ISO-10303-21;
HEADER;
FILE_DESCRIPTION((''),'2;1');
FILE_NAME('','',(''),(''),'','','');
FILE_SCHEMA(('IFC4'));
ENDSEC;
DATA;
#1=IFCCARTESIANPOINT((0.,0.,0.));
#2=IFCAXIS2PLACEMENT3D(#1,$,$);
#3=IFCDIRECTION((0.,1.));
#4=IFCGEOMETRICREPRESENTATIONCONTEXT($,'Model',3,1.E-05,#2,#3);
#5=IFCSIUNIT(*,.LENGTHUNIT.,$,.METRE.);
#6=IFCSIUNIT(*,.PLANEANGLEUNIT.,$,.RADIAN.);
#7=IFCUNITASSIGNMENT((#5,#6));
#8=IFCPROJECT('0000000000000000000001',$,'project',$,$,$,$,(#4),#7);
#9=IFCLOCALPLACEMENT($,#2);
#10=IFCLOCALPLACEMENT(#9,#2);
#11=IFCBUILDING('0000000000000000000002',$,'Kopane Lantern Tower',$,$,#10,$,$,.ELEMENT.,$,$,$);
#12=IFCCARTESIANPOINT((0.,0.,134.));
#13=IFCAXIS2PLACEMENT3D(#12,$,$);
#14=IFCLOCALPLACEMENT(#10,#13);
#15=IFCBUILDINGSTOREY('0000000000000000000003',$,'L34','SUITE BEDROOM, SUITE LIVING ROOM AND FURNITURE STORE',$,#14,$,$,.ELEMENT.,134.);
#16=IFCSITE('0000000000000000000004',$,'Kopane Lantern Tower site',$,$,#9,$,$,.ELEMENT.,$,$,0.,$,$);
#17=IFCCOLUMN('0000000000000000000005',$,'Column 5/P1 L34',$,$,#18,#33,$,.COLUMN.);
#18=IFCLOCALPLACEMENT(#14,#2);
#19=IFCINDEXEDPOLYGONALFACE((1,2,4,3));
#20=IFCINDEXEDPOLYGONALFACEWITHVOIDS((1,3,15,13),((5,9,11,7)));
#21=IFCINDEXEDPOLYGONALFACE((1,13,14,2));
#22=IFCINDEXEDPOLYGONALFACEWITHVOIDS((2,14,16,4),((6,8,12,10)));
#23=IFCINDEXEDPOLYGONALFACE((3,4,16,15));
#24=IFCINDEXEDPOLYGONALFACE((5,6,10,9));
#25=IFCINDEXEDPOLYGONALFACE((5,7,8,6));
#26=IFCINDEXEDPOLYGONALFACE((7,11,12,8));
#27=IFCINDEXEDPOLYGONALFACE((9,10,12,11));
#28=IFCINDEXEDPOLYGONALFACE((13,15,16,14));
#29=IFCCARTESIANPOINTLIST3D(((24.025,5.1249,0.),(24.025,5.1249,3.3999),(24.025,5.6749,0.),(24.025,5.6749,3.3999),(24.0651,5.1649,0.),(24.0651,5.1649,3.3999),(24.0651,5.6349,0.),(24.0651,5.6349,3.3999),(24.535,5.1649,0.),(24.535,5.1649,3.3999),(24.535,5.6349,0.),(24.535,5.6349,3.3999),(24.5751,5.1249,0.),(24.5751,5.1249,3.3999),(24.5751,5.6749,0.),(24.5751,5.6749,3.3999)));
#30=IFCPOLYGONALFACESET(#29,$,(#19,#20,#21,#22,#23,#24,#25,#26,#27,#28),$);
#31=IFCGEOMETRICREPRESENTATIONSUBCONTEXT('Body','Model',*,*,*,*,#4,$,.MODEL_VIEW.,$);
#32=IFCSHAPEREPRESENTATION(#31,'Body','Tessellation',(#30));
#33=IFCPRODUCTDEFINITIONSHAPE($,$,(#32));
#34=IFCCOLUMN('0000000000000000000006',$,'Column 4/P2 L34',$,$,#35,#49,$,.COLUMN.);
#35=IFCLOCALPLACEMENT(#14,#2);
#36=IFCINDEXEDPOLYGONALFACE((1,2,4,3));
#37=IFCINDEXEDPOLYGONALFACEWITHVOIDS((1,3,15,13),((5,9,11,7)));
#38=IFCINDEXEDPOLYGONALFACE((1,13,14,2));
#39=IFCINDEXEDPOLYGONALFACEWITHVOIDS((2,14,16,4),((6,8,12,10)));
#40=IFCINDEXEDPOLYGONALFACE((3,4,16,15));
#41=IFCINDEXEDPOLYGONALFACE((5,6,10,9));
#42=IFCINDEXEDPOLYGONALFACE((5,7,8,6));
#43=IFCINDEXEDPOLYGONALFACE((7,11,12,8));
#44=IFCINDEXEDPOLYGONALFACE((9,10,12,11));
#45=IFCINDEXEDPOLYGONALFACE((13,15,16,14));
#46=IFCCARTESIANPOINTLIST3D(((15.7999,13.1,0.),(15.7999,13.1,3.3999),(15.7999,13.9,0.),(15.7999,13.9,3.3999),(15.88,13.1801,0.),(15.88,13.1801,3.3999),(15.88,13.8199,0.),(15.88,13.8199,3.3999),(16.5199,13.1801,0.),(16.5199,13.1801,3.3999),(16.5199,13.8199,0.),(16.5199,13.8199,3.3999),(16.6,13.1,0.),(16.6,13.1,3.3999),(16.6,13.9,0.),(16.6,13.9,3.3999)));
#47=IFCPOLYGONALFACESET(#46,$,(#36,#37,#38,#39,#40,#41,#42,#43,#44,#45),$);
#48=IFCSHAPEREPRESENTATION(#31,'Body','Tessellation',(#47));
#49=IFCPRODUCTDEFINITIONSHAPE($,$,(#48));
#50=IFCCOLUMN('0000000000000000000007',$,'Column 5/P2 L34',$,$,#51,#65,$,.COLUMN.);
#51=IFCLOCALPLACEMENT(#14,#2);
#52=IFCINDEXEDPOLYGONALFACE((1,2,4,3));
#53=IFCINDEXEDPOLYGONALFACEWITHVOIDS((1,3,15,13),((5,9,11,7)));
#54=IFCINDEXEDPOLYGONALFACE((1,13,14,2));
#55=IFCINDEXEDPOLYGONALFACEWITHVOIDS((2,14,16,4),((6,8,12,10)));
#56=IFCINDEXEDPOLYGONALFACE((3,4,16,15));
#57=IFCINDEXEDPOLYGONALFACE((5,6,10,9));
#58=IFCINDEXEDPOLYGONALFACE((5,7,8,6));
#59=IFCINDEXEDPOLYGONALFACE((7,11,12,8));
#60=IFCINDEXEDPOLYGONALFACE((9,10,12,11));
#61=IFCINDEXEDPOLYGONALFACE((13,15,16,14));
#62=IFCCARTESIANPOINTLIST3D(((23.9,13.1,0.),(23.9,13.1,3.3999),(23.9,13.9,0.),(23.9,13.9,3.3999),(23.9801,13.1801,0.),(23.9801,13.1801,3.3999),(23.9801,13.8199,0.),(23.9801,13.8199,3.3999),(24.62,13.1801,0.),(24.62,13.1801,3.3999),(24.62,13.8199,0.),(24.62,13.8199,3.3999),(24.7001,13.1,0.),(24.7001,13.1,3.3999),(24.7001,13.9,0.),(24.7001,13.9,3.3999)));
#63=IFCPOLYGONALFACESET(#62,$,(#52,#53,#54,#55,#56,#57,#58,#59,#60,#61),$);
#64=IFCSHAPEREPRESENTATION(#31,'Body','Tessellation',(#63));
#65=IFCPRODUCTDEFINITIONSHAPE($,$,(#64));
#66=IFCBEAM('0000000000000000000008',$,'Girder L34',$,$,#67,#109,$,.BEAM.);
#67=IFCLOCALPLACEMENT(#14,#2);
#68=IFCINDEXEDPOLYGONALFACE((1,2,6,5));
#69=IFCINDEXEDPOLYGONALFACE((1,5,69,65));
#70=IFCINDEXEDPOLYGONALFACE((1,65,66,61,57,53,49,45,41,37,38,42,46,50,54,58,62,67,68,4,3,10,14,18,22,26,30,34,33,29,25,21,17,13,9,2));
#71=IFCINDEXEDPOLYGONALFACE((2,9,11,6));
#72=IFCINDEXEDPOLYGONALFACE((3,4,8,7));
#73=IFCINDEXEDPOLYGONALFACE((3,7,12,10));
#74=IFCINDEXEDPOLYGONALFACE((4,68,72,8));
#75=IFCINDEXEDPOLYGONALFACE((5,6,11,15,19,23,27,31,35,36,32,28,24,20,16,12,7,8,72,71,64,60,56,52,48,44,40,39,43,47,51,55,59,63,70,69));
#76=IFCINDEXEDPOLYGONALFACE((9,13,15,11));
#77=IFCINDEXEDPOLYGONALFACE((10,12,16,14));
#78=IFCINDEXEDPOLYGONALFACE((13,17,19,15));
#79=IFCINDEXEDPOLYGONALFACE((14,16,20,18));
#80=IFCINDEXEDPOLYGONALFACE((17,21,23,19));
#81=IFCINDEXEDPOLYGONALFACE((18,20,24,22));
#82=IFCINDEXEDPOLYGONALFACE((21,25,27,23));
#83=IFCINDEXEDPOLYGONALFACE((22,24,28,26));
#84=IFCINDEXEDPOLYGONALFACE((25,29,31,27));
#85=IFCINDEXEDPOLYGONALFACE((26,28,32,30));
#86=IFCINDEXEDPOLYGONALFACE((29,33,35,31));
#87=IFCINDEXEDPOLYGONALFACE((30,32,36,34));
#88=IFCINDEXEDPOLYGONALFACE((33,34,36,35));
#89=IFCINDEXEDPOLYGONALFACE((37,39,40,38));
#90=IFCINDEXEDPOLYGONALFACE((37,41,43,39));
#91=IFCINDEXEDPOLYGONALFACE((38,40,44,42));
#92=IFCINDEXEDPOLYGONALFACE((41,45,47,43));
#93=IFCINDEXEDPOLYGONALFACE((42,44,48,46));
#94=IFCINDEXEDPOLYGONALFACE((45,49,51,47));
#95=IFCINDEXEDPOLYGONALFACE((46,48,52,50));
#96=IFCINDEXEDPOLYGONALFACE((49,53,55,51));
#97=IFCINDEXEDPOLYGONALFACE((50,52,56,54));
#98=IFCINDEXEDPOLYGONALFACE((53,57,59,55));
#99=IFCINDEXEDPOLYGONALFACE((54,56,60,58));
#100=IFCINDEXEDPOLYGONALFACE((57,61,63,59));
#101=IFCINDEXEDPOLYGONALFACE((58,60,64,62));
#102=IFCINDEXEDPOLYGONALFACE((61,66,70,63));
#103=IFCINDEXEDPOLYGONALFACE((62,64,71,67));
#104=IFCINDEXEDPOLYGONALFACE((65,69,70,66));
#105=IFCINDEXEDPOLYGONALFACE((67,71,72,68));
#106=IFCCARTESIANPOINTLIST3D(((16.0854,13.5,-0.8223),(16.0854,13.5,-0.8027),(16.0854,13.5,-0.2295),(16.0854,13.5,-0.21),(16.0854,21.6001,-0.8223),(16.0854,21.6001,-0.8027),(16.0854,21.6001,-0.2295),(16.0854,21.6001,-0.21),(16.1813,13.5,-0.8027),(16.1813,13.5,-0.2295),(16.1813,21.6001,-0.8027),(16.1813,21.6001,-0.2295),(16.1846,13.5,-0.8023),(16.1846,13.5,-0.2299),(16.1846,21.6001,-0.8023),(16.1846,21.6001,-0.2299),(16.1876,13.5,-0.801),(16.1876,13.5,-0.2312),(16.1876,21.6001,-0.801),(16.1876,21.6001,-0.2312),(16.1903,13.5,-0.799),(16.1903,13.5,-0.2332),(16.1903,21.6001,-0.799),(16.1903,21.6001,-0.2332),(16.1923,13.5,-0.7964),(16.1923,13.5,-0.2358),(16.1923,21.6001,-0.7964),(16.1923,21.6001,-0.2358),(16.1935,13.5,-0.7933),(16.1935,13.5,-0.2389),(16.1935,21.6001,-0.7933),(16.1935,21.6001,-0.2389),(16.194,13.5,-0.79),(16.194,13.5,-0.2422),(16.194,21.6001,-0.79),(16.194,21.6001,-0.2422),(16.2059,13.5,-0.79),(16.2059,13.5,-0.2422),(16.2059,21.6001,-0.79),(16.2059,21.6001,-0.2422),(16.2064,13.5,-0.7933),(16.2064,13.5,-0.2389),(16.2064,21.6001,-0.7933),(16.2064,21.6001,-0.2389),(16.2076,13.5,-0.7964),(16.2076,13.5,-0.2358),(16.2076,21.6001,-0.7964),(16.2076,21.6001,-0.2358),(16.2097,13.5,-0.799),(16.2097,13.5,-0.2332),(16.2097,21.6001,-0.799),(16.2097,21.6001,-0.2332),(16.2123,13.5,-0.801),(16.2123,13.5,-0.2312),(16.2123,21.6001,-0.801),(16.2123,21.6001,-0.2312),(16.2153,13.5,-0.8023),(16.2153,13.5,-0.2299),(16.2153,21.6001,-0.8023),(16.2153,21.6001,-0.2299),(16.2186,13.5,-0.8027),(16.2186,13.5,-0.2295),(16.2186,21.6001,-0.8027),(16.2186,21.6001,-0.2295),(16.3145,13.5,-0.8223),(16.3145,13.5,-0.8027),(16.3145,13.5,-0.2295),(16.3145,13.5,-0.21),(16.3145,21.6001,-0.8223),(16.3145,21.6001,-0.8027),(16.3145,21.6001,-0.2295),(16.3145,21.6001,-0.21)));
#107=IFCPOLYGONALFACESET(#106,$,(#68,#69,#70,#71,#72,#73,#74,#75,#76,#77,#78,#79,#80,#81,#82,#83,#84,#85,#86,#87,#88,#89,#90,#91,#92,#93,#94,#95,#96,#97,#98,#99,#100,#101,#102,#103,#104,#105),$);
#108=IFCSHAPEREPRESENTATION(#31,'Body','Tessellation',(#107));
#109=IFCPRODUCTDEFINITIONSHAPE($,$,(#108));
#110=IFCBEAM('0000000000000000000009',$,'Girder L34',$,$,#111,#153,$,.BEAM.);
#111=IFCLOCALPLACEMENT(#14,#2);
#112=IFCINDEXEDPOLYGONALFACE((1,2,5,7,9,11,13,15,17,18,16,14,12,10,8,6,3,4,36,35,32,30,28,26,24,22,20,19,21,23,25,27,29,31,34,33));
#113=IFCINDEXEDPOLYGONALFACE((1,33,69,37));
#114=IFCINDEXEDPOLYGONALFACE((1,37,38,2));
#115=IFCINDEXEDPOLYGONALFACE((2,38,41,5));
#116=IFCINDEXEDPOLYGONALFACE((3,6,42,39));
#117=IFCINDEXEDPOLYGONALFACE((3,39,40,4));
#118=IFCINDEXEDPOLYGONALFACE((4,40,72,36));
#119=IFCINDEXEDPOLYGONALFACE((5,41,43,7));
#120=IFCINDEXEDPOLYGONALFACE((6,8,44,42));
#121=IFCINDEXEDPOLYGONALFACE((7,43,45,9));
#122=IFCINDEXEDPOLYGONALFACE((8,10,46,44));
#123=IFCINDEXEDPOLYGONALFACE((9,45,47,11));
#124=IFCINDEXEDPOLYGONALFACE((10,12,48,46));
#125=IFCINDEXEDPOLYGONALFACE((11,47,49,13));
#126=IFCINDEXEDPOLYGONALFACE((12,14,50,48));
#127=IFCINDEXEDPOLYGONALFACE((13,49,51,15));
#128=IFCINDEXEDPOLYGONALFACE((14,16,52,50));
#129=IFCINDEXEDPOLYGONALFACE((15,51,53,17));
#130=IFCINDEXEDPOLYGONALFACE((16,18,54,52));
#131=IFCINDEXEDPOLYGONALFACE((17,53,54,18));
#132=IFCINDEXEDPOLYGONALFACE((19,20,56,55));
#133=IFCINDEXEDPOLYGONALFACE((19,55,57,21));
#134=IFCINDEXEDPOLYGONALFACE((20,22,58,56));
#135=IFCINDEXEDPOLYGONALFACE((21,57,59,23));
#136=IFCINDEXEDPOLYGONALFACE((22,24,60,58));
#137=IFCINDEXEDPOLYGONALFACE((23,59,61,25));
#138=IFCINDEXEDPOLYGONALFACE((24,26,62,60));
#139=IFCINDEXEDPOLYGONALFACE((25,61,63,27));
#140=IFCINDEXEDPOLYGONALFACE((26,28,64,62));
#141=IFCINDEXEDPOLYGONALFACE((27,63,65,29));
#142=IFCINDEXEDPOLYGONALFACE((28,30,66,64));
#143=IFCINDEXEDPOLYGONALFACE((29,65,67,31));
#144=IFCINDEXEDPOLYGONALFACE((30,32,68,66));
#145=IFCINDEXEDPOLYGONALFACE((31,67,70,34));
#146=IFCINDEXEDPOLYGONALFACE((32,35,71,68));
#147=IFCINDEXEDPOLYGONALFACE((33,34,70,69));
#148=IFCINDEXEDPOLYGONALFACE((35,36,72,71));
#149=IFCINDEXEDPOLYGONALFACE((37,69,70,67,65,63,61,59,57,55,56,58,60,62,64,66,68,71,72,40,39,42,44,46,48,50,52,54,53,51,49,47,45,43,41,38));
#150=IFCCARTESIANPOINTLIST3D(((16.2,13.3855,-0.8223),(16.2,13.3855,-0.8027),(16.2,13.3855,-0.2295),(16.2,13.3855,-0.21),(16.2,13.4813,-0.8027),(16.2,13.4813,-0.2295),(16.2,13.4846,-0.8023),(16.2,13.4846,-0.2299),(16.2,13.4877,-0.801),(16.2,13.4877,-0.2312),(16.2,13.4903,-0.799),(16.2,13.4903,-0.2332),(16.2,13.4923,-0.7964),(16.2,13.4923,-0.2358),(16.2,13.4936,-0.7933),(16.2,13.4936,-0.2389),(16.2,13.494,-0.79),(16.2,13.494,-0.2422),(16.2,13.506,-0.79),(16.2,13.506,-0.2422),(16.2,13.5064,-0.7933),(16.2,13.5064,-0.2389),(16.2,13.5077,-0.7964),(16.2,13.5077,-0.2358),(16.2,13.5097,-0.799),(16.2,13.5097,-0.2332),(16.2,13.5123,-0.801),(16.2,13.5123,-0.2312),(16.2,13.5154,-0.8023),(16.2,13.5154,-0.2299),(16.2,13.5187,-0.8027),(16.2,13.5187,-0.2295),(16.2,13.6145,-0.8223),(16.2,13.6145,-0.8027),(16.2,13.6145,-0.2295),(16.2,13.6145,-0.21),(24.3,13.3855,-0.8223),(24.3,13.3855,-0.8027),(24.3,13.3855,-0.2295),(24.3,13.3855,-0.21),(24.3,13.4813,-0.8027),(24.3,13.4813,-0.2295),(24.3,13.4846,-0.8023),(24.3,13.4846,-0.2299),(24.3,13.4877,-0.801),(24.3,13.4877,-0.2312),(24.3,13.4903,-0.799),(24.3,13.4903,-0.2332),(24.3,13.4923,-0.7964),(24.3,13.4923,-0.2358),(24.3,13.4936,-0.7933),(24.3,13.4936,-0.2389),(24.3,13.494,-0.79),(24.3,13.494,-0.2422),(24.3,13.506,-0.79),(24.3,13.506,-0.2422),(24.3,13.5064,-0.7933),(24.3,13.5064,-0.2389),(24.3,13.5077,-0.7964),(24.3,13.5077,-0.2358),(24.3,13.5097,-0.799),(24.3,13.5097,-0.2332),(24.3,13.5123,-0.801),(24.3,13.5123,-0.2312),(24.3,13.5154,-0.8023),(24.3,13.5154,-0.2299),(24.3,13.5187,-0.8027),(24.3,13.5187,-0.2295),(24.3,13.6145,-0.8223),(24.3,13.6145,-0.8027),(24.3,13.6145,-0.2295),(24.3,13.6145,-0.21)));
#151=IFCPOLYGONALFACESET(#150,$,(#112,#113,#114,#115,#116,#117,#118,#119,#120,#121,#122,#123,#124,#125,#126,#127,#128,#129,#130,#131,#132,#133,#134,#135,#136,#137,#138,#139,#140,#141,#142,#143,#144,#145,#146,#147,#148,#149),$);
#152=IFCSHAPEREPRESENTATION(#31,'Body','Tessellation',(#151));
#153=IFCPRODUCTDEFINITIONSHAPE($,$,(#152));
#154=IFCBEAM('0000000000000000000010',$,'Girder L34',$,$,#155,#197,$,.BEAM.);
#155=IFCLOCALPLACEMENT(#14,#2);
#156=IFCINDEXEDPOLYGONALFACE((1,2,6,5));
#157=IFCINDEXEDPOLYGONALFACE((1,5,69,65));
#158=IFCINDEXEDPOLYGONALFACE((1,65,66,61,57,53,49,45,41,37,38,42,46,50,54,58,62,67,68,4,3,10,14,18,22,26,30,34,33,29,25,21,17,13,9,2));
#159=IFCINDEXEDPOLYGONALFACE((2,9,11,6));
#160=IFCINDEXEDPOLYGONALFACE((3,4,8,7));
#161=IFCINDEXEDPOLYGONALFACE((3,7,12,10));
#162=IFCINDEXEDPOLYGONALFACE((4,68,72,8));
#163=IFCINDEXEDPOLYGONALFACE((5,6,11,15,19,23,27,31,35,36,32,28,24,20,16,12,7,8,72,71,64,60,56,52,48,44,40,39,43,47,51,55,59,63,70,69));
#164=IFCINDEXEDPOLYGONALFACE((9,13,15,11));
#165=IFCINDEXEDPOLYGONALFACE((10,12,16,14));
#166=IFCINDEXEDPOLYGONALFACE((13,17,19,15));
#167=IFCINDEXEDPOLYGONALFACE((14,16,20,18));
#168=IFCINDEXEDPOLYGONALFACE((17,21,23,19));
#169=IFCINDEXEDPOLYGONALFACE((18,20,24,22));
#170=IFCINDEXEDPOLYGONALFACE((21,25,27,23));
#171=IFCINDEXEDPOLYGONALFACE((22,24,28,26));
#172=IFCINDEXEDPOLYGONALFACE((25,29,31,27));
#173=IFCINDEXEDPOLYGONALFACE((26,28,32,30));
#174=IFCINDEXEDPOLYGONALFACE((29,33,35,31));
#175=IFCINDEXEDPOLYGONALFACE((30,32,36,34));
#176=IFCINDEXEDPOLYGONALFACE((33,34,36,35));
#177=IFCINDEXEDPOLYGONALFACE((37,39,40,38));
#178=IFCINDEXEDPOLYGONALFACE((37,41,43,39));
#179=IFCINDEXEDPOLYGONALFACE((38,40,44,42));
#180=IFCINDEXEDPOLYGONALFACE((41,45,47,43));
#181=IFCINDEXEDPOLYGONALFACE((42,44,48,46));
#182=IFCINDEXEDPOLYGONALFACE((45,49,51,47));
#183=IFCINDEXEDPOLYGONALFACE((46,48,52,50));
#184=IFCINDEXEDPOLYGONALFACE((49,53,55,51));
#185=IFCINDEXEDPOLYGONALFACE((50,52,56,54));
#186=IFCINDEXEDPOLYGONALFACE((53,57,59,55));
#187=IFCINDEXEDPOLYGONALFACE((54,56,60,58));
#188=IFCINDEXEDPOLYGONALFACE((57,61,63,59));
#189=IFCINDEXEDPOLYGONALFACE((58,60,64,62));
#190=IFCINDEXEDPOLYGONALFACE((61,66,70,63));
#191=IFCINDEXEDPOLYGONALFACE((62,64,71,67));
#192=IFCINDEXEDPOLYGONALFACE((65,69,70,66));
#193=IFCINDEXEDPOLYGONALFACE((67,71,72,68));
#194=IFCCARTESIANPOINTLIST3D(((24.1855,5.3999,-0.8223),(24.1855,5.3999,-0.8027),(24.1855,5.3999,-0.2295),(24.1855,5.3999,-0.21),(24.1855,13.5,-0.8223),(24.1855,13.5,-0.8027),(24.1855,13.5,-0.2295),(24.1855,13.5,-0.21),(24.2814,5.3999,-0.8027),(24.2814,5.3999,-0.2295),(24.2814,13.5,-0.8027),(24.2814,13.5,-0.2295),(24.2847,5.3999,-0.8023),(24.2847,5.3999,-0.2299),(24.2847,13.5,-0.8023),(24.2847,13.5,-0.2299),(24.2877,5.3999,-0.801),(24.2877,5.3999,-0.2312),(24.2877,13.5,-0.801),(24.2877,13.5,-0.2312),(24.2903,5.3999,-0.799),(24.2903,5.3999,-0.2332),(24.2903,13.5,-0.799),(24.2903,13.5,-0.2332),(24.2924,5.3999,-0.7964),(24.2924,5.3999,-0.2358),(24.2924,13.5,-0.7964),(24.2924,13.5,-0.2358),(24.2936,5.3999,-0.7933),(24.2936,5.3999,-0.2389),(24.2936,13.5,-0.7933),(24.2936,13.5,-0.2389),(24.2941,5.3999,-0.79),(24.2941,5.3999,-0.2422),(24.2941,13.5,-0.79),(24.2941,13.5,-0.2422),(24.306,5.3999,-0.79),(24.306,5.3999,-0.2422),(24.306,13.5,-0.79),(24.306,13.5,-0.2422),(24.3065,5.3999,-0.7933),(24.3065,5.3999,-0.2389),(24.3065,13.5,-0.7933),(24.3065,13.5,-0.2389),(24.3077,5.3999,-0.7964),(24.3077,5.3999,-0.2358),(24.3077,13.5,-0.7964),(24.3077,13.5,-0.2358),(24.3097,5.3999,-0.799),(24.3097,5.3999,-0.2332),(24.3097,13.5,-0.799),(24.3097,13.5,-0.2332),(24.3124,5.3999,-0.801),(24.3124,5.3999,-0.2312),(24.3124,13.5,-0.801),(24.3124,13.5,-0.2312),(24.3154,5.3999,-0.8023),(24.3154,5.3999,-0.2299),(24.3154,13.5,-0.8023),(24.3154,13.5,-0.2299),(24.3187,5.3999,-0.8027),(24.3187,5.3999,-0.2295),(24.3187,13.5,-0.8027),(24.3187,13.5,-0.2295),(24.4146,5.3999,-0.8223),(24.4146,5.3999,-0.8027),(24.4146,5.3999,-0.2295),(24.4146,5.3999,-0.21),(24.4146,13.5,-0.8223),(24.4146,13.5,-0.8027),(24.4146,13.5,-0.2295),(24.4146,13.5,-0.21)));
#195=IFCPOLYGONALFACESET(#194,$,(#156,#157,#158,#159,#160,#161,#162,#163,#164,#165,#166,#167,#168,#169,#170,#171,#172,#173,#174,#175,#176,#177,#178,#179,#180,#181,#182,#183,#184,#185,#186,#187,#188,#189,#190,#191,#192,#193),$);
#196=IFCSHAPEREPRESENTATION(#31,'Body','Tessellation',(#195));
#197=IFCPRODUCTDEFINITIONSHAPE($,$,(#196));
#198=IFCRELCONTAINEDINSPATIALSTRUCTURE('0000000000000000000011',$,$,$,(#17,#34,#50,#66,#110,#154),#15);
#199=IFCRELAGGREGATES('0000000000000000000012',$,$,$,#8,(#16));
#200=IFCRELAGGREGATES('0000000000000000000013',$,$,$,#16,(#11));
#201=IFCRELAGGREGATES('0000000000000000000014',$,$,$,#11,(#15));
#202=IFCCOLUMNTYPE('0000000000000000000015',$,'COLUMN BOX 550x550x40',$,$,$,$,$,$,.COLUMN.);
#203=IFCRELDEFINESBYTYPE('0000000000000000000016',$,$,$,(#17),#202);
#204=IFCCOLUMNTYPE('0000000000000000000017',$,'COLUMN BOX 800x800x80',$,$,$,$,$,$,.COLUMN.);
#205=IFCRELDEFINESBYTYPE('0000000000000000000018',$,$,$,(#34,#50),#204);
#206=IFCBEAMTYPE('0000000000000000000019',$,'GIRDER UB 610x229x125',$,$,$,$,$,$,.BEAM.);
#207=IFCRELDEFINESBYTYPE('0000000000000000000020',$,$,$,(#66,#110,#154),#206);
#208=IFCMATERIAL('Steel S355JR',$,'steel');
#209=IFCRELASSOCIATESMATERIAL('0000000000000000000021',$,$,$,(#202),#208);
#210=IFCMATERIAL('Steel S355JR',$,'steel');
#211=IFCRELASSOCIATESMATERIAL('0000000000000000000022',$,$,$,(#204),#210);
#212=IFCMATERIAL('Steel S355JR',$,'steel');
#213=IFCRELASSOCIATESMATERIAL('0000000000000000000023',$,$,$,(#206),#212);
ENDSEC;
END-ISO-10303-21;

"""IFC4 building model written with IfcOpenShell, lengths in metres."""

from ifc_helpers import new_model, si_unit, direction, frame, origin, origin_2d, place, context, subcontext, project, spatial, hollow_rectangle, i_section, extrude, material, material_profile, profile_set, type_object, element, save


model = new_model("IFC4")

# Units and contexts
model_context = context("Model", 3, precision=1e-05, world=origin(), true_north=direction((0.0, 1.0)))
body_context = subcontext(model_context, "Body", "Model", "MODEL_VIEW")
ifc_project = project(units=[si_unit("LENGTHUNIT", "METRE"), si_unit("PLANEANGLEUNIT", "RADIAN")], contexts=[model_context])

# Site, building, storey
site_placement = place(None, origin())
site = spatial("IfcSite", under=ifc_project, at=site_placement, Name="Kopane Lantern Tower site", CompositionType="ELEMENT", RefElevation=0.0)
building_placement = place(site_placement, origin())
building = spatial("IfcBuilding", under=site, at=building_placement, Name="Kopane Lantern Tower", CompositionType="ELEMENT")
storey_placement = place(building_placement, frame((0.0, 0.0, 134.0)))
storey = spatial("IfcBuildingStorey", under=building, at=storey_placement, Name="L34", Description="SUITE BEDROOM, SUITE LIVING ROOM AND FURNITURE STORE", CompositionType="ELEMENT", Elevation=134.0)

# Columns
ifc_material_1 = material(Name="Steel S355JR", Category="steel")
ifc_material_profile_1 = material_profile(ifc_material_1, hollow_rectangle(XDim=0.55, YDim=0.55, WallThickness=0.04, at=origin_2d()), Name="BOX 550x550x40")
ifc_profile_set_1 = profile_set([ifc_material_profile_1], Name="Steel S355JR")
column_type_1 = type_object("IfcColumnType", Name="COLUMN BOX 550x550x40", PredefinedType="COLUMN", material=ifc_profile_set_1)
column_placement = place(storey_placement, frame((24.3, 5.3999, 0.0), z_axis=(0.0, 0.0, 1.0), x_axis=(1.0, 0.0, 0.0)))
element("IfcColumn", 1, at=column_placement, inside=storey, type_object=column_type_1, Name="Column 5/P1 L34", PredefinedType="COLUMN", context=body_context, shape_type="SweptSolid", body=[
    extrude(hollow_rectangle(XDim=0.55, YDim=0.55, WallThickness=0.04, at=origin_2d()), origin(), (0.0, 0.0, 1.0), 3.3999),
])
ifc_material_2 = material(Name="Steel S355JR", Category="steel")
ifc_material_profile_2 = material_profile(ifc_material_2, hollow_rectangle(XDim=0.8, YDim=0.8, WallThickness=0.0801, at=origin_2d()), Name="BOX 800x800x80")
ifc_profile_set_2 = profile_set([ifc_material_profile_2], Name="Steel S355JR")
column_type_2 = type_object("IfcColumnType", Name="COLUMN BOX 800x800x80", PredefinedType="COLUMN", material=ifc_profile_set_2)
for number, where, z_axis, x_axis, name in (
    (2, (16.2, 13.5, 0.0), (0.0, 0.0, 1.0), (1.0, 0.0, 0.0), "Column 4/P2 L34"),
    (3, (24.3, 13.5, 0.0), (0.0, 0.0, 1.0), (1.0, 0.0, 0.0), "Column 5/P2 L34"),
):
    element("IfcColumn", number, at=place(storey_placement, frame(where, z_axis=z_axis, x_axis=x_axis)), inside=storey, type_object=column_type_2, Name=name, PredefinedType="COLUMN", context=body_context, shape_type="SweptSolid", body=[
        extrude(hollow_rectangle(XDim=0.8, YDim=0.8, WallThickness=0.0801, at=origin_2d()), origin(), (0.0, 0.0, 1.0), 3.3999),
    ])

# Beams
ifc_material_3 = material(Name="Steel S355JR", Category="steel")
ifc_material_profile_3 = material_profile(ifc_material_3, i_section(OverallWidth=0.229, OverallDepth=0.6123, WebThickness=0.012, FlangeThickness=0.0195, FilletRadius=0.0127, at=origin_2d()), Name="UB 610x229x125")
ifc_profile_set_3 = profile_set([ifc_material_profile_3], Name="Steel S355JR")
beam_type = type_object("IfcBeamType", Name="GIRDER UB 610x229x125", PredefinedType="BEAM", material=ifc_profile_set_3)
for number, where, z_axis, x_axis, name in (
    (4, (16.2, 13.5, -0.5161), (0.0, 1.0, 0.0), (-1.0, 0.0, 0.0), "Girder L34"),
    (5, (16.2, 13.5, -0.5161), (1.0, 0.0, 0.0), (0.0, 1.0, 0.0), "Girder L34"),
    (6, (24.3, 5.3999, -0.5161), (0.0, 1.0, 0.0), (-1.0, 0.0, 0.0), "Girder L34"),
):
    element("IfcBeam", number, at=place(storey_placement, frame(where, z_axis=z_axis, x_axis=x_axis)), inside=storey, type_object=beam_type, Name=name, PredefinedType="BEAM", context=body_context, shape_type="SweptSolid", body=[
        extrude(i_section(OverallWidth=0.229, OverallDepth=0.6123, WebThickness=0.012, FlangeThickness=0.0195, FilletRadius=0.0127, at=origin_2d()), origin(), (0.0, 0.0, 1.0), 8.1001),
    ])

save(model, "model.ifc")
